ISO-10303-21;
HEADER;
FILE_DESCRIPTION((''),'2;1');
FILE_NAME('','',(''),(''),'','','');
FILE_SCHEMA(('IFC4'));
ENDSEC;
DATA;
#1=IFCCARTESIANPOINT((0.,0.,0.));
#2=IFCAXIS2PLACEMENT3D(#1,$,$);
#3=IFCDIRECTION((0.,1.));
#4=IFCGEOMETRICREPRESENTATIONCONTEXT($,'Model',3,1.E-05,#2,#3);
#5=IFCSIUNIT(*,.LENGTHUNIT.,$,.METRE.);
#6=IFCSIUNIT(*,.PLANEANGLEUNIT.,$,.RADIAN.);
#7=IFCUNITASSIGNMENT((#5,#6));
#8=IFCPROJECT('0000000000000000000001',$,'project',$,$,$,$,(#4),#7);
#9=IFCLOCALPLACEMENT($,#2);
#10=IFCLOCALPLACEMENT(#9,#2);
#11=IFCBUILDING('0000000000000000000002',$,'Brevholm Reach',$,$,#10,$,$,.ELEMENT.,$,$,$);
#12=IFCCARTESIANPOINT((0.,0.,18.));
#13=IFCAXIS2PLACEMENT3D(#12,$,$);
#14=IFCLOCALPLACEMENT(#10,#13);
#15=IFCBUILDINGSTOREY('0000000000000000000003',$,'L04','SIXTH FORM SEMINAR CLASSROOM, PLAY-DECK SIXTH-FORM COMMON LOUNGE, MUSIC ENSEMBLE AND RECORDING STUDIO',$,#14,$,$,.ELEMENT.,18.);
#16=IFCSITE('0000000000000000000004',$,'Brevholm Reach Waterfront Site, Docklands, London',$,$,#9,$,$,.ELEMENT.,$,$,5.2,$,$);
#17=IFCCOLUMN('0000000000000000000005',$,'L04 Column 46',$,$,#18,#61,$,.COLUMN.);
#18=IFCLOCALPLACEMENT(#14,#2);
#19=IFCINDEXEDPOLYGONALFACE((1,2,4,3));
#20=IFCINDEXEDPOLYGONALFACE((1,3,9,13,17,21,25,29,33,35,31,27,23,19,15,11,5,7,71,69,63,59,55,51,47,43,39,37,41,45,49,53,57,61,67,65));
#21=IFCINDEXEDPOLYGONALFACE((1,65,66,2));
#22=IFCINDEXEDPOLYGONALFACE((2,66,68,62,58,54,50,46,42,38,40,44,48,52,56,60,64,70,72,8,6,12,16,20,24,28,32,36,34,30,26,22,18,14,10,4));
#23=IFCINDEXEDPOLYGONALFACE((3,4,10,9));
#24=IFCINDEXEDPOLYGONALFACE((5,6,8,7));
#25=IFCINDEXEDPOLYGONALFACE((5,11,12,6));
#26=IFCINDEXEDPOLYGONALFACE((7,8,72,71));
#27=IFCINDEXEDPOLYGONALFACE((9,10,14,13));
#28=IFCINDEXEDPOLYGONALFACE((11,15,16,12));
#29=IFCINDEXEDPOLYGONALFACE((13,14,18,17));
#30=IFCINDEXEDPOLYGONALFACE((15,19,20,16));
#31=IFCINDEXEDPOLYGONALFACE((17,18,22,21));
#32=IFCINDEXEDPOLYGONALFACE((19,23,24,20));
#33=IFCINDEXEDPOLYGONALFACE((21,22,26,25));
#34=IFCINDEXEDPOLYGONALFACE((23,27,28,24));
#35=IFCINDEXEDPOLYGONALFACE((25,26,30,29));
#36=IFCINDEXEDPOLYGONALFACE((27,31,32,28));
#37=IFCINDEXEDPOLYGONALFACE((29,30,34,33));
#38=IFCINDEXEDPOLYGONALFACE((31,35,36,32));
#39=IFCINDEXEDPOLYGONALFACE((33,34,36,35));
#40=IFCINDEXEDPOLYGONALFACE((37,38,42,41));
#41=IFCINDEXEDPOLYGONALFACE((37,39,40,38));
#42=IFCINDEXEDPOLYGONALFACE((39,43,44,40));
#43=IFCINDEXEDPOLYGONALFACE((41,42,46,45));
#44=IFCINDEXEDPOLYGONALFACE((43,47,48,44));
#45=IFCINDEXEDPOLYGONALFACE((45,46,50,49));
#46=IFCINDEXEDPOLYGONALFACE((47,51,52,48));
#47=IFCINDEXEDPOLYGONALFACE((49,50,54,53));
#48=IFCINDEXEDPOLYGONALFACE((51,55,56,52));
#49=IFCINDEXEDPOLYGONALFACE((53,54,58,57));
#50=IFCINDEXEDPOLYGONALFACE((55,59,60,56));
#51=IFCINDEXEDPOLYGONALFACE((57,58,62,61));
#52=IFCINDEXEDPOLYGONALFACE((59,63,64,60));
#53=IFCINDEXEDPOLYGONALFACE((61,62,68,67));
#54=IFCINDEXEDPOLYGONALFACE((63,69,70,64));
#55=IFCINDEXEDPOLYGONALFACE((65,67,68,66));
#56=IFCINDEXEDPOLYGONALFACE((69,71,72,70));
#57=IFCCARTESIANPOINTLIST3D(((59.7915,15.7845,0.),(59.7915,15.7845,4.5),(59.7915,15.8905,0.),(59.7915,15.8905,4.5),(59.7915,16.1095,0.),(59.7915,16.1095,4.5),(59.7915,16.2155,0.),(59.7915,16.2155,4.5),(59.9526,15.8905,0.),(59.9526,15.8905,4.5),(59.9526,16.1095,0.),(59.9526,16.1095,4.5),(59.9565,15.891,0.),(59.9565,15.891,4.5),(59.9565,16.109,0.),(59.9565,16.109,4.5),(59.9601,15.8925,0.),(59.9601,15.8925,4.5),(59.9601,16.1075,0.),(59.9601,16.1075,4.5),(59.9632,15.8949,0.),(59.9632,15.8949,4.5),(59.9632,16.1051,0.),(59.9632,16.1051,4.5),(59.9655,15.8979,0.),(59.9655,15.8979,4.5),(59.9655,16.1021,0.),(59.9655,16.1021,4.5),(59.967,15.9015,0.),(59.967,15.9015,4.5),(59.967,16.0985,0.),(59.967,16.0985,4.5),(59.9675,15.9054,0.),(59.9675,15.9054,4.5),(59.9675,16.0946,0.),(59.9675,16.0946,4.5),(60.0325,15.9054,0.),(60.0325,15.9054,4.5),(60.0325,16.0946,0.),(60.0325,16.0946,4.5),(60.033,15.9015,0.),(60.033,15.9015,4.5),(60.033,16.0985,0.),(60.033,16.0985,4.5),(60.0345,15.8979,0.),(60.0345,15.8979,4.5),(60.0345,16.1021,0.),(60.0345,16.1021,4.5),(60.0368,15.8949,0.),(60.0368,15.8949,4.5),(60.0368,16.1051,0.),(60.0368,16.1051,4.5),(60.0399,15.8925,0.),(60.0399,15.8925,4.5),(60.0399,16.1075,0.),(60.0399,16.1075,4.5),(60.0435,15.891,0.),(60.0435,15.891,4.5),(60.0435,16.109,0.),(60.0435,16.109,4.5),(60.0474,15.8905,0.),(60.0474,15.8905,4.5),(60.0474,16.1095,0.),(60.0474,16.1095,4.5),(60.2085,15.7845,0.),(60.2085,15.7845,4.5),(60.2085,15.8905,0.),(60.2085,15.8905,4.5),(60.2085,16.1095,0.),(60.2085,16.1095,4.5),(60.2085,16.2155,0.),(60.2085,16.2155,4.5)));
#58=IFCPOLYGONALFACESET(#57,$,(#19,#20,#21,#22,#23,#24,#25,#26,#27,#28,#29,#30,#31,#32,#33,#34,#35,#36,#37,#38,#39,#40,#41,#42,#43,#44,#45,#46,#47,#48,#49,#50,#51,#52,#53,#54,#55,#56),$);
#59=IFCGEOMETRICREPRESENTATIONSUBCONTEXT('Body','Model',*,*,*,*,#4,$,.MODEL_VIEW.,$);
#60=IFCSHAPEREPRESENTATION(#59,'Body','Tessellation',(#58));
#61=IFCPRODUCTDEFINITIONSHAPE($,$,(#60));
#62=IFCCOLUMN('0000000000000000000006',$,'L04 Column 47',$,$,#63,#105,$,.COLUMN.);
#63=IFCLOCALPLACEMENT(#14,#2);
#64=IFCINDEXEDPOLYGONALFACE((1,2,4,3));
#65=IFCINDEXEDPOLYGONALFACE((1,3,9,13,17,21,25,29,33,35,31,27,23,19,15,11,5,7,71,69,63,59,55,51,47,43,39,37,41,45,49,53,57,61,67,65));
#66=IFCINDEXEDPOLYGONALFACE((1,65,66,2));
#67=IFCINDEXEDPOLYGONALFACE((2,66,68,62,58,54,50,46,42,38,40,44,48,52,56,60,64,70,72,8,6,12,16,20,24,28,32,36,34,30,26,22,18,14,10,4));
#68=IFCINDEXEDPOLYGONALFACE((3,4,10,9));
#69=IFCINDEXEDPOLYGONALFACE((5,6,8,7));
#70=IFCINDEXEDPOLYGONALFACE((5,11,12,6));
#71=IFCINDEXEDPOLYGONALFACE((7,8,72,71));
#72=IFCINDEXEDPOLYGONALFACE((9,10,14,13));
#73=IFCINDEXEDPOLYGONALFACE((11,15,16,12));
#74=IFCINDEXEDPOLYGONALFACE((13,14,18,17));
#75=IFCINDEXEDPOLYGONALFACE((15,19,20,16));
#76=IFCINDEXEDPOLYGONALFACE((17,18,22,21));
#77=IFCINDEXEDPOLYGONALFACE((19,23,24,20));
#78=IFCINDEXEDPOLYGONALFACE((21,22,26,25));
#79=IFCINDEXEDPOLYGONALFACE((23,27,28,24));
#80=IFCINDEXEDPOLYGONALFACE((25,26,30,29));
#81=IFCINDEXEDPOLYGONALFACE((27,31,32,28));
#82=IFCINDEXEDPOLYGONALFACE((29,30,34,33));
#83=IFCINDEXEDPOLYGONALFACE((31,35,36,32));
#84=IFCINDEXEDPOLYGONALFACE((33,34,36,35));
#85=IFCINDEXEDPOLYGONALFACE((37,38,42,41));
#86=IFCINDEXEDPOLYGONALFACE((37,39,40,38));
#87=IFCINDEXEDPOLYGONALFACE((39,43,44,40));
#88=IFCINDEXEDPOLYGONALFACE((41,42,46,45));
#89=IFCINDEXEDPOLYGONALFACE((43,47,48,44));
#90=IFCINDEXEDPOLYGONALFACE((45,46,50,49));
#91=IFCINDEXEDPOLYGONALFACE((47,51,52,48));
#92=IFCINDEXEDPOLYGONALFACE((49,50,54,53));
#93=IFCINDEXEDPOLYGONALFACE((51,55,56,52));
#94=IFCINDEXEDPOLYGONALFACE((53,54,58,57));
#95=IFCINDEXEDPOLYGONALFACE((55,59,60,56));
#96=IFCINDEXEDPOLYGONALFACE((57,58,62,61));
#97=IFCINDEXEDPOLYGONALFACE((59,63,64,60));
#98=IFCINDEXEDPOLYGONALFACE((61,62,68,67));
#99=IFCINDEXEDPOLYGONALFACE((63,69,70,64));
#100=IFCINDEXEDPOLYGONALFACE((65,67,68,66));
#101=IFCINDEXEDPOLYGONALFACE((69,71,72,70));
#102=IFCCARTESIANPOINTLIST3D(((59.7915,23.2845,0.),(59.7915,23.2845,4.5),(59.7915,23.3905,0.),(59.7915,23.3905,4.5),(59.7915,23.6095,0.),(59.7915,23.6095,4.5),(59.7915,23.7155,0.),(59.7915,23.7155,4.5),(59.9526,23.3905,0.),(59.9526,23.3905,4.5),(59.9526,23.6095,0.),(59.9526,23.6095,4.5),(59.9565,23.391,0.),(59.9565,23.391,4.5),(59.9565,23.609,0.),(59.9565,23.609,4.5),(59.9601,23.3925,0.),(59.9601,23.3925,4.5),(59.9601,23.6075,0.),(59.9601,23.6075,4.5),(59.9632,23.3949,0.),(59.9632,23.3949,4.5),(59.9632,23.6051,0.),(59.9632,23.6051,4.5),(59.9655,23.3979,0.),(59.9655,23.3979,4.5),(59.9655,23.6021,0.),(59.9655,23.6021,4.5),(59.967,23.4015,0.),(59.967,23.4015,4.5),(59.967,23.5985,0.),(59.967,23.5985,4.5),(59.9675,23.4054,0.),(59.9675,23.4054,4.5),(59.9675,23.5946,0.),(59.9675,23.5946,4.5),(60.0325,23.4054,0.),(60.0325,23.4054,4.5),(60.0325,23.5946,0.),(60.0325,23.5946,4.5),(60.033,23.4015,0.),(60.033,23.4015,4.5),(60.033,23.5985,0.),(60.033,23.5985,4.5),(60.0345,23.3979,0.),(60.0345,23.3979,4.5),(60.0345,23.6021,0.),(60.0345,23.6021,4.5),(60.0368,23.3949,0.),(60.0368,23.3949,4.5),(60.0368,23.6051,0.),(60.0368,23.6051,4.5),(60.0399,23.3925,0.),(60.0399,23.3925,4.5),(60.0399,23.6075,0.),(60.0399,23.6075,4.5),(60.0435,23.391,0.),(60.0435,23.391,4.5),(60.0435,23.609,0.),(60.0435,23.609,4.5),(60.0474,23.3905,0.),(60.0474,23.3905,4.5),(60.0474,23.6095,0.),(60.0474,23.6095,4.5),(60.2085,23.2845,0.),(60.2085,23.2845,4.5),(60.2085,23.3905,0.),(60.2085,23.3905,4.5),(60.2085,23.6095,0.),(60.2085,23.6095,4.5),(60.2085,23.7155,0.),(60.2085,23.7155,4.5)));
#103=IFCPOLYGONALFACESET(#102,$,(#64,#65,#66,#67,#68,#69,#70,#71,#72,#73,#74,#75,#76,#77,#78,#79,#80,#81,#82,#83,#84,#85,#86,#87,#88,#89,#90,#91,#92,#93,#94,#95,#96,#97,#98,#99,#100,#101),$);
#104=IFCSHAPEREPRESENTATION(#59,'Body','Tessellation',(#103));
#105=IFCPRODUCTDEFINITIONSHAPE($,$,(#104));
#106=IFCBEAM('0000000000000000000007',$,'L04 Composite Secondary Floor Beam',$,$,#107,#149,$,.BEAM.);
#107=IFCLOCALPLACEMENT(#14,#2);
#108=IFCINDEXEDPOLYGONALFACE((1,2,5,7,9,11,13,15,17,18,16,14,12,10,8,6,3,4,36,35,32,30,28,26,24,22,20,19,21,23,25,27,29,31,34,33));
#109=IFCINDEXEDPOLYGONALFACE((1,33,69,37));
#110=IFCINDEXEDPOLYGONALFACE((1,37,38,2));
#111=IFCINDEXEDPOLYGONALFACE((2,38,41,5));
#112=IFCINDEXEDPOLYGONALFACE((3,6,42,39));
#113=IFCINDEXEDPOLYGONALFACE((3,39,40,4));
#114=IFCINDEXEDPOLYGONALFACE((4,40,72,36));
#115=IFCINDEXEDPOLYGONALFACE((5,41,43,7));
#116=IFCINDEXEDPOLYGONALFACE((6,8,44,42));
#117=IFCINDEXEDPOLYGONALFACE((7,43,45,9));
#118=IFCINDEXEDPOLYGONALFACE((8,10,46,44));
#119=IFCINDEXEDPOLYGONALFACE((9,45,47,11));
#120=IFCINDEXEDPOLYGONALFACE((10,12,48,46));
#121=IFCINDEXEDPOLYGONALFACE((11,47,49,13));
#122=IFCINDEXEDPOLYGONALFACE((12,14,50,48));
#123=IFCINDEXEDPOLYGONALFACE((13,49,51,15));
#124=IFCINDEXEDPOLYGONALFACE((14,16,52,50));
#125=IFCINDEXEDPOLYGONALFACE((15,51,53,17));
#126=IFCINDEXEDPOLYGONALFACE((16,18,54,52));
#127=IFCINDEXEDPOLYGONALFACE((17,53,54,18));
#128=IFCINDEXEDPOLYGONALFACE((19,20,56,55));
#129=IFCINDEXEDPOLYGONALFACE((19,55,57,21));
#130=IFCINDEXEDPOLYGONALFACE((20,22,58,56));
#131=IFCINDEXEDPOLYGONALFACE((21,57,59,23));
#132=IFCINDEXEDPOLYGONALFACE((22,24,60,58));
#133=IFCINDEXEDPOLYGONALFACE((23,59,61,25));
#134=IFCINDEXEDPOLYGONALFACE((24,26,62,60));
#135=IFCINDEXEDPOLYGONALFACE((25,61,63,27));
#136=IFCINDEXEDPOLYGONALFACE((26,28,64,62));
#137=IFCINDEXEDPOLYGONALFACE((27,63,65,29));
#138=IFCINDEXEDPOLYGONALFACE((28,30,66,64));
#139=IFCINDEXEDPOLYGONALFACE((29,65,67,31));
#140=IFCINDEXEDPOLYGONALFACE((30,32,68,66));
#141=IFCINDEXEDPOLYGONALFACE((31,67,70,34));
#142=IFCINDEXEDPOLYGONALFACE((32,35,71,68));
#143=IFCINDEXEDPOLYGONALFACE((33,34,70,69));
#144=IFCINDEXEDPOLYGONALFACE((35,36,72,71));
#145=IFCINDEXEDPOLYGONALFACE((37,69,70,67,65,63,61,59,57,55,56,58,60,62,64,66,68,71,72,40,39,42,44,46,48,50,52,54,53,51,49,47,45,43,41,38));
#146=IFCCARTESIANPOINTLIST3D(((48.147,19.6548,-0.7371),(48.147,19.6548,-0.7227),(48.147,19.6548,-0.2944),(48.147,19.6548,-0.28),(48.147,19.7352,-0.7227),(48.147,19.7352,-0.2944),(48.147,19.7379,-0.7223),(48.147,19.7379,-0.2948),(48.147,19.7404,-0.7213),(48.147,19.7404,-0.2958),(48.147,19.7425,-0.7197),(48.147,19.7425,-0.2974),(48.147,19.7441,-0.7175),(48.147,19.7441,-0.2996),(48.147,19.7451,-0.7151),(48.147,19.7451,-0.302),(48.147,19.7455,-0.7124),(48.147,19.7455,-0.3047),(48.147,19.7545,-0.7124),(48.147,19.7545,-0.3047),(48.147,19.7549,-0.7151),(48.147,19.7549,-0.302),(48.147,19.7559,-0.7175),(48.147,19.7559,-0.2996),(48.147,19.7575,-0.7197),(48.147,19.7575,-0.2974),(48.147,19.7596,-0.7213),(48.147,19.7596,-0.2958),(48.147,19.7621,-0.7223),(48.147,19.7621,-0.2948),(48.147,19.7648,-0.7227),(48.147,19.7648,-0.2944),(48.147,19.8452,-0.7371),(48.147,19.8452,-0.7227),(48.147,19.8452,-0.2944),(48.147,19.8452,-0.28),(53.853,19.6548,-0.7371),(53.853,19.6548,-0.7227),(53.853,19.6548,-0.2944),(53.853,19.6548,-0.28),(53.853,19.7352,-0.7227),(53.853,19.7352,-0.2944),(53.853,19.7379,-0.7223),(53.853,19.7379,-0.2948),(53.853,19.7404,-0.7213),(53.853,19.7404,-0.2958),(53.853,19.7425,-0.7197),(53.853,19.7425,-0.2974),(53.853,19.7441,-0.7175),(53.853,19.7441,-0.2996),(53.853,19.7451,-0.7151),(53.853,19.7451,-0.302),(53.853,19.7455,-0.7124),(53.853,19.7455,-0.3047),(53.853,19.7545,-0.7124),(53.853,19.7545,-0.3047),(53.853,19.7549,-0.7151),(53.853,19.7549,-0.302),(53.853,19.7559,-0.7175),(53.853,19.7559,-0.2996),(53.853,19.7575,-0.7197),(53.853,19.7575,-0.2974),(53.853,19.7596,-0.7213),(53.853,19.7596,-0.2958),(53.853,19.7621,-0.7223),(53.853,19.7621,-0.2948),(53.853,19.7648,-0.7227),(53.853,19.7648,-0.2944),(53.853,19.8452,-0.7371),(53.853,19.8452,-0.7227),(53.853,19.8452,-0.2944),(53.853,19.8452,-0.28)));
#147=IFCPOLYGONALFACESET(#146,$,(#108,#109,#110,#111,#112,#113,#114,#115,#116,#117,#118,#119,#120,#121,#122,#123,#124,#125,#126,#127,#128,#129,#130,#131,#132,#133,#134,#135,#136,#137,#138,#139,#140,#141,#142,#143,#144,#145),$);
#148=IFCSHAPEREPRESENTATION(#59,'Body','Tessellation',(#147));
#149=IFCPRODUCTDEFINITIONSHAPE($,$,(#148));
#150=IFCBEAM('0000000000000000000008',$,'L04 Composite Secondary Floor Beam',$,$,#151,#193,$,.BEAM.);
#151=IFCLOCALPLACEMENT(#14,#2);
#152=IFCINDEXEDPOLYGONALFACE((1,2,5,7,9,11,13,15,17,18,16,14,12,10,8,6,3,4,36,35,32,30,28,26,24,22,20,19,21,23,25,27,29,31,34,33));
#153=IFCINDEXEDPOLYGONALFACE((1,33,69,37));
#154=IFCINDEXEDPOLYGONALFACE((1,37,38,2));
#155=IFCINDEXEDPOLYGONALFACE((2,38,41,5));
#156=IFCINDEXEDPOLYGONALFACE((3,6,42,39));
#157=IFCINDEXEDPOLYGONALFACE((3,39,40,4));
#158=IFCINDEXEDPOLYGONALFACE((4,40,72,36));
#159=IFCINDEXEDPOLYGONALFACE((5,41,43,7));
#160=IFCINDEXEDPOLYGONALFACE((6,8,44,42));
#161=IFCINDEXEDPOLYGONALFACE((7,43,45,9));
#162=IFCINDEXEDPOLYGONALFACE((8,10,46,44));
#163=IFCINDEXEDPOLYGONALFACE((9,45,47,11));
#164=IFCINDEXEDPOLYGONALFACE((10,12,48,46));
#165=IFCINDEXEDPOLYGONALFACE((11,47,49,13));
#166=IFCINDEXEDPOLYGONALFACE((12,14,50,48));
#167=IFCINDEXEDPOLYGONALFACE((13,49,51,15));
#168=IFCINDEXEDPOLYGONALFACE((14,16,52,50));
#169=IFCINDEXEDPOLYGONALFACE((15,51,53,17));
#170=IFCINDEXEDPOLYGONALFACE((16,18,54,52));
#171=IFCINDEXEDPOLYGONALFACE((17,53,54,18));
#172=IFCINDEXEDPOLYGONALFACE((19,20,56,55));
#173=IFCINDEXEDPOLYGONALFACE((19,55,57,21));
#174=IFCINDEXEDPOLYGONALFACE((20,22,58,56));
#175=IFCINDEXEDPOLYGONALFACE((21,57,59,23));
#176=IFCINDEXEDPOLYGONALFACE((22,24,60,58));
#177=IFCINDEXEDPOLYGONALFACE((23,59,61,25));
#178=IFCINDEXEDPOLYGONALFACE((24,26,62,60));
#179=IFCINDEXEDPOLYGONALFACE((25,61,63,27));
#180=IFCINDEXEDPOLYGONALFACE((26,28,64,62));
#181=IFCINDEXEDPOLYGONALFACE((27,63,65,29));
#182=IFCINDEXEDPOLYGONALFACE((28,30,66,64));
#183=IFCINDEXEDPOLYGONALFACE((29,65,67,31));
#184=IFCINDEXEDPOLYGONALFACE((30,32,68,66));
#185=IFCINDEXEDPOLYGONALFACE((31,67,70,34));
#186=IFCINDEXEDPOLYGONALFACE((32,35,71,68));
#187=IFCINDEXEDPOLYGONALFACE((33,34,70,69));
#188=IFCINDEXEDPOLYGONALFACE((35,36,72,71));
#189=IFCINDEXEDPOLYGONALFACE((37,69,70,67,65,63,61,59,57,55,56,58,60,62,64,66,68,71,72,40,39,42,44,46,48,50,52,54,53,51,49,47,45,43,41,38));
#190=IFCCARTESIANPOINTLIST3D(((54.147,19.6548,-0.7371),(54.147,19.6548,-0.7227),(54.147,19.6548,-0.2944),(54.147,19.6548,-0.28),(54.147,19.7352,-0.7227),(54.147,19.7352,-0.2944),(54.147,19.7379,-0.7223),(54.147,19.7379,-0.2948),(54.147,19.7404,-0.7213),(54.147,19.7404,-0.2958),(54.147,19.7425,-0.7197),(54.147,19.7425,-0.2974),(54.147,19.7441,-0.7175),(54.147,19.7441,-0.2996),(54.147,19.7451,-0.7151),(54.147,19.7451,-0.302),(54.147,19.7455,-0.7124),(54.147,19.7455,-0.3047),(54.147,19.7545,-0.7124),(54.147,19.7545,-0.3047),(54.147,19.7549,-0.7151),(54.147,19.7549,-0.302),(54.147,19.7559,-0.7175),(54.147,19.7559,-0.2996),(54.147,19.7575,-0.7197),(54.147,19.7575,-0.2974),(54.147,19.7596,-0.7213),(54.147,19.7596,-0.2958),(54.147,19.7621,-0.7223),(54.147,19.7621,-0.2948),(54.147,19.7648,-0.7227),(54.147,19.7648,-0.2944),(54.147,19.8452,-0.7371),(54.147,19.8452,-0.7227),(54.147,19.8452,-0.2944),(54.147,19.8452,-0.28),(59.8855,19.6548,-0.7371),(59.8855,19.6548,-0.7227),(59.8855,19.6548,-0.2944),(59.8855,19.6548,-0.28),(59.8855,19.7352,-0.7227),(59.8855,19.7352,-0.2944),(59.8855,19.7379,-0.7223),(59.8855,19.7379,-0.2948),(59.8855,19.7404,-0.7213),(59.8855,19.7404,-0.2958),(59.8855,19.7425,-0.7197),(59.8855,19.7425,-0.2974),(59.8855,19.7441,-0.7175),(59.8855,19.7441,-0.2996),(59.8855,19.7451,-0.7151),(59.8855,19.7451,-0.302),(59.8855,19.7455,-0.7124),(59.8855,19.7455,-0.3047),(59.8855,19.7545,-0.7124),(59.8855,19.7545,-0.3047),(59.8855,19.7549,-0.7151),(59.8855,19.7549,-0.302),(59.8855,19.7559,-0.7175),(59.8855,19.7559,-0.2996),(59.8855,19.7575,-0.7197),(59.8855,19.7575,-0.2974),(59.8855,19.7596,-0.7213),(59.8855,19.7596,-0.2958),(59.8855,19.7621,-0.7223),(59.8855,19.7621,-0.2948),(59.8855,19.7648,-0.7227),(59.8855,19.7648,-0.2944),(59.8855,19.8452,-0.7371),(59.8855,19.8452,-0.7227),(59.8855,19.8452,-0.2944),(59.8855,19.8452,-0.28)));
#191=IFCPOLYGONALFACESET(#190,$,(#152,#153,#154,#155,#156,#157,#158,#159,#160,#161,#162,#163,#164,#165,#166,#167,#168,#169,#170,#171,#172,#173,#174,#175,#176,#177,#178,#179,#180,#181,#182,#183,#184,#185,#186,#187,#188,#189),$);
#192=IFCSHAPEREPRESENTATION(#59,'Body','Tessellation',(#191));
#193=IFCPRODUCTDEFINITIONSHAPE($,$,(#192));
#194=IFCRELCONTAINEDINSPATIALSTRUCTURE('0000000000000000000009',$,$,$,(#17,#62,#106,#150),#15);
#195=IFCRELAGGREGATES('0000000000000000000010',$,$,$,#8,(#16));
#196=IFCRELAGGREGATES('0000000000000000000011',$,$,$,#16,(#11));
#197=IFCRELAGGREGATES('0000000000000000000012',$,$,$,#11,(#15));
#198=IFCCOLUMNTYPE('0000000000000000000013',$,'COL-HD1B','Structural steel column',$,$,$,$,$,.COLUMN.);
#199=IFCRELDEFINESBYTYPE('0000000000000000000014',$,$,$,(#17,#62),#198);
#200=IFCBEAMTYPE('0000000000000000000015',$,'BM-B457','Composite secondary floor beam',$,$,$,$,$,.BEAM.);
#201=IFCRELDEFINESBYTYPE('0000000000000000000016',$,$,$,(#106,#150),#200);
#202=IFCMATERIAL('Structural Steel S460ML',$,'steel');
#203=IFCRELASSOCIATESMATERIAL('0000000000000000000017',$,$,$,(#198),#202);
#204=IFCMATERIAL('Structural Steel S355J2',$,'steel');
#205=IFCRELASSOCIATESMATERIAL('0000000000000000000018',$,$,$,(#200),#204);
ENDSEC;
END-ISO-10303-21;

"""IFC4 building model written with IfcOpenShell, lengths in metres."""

from ifc_helpers import new_model, si_unit, direction, frame, origin, origin_2d, place, context, subcontext, project, spatial, i_section, extrude, material, material_profile, profile_set, type_object, element, save


model = new_model("IFC4")

# Units and contexts
model_context = context("Model", 3, precision=1e-05, world=origin(), true_north=direction((0.0, 1.0)))
body_context = subcontext(model_context, "Body", "Model", "MODEL_VIEW")
ifc_project = project(units=[si_unit("LENGTHUNIT", "METRE"), si_unit("PLANEANGLEUNIT", "RADIAN")], contexts=[model_context])

# Site, building, storey
site_placement = place(None, origin())
site = spatial("IfcSite", under=ifc_project, at=site_placement, Name="Brevholm Reach Waterfront Site, Docklands, London", CompositionType="ELEMENT", RefElevation=5.2)
building_placement = place(site_placement, origin())
building = spatial("IfcBuilding", under=site, at=building_placement, Name="Brevholm Reach", CompositionType="ELEMENT")
storey_placement = place(building_placement, frame((0.0, 0.0, 18.0)))
storey = spatial("IfcBuildingStorey", under=building, at=storey_placement, Name="L04", Description="SIXTH FORM SEMINAR CLASSROOM, PLAY-DECK SIXTH-FORM COMMON LOUNGE, MUSIC ENSEMBLE AND RECORDING STUDIO", CompositionType="ELEMENT", Elevation=18.0)

# Columns
ifc_material_1 = material(Name="Structural Steel S460ML", Category="steel")
ifc_material_profile_1 = material_profile(ifc_material_1, i_section(OverallWidth=0.417, OverallDepth=0.4309, WebThickness=0.0649, FlangeThickness=0.106, FilletRadius=0.0149, at=origin_2d()), Name="HD 400x900")
ifc_profile_set_1 = profile_set([ifc_material_profile_1], Name="Structural Steel S460ML")
column_type = type_object("IfcColumnType", Name="COL-HD1B", Description="Structural steel column", PredefinedType="COLUMN", material=ifc_profile_set_1)
for number, where, z_axis, x_axis, name in (
    (1, (60.0, 16.0, 0.0), (0.0, 0.0, 1.0), (1.0, 0.0, 0.0), "L04 Column 46"),
    (2, (60.0, 23.5, 0.0), (0.0, 0.0, 1.0), (1.0, 0.0, 0.0), "L04 Column 47"),
):
    element("IfcColumn", number, at=place(storey_placement, frame(where, z_axis=z_axis, x_axis=x_axis)), inside=storey, type_object=column_type, Name=name, PredefinedType="COLUMN", context=body_context, shape_type="SweptSolid", body=[
        extrude(i_section(OverallWidth=0.417, OverallDepth=0.4309, WebThickness=0.0649, FlangeThickness=0.106, FilletRadius=0.0149, at=origin_2d()), origin(), (0.0, 0.0, 1.0), 4.5),
    ])

# Beams
ifc_material_2 = material(Name="Structural Steel S355J2", Category="steel")
ifc_material_profile_2 = material_profile(ifc_material_2, i_section(OverallWidth=0.1904, OverallDepth=0.457, WebThickness=0.009, FlangeThickness=0.0144, FilletRadius=0.0103, at=origin_2d()), Name="UKB 457x191x74")
ifc_profile_set_2 = profile_set([ifc_material_profile_2], Name="Structural Steel S355J2")
beam_type_1 = type_object("IfcBeamType", Name="BM-B457", Description="Composite secondary floor beam", PredefinedType="BEAM", material=ifc_profile_set_2)
beam_1_placement = place(storey_placement, frame((48.147, 19.75, -0.5085), z_axis=(1.0, 0.0, 0.0), x_axis=(0.0, 1.0, 0.0)))
element("IfcBeam", 3, at=beam_1_placement, inside=storey, type_object=beam_type_1, Name="L04 Composite Secondary Floor Beam", PredefinedType="BEAM", context=body_context, shape_type="SweptSolid", body=[
    extrude(i_section(OverallWidth=0.1904, OverallDepth=0.457, WebThickness=0.009, FlangeThickness=0.0144, FilletRadius=0.0103, at=origin_2d()), origin(), (0.0, 0.0, 1.0), 5.7061),
])
beam_2_placement = place(storey_placement, frame((54.147, 19.75, -0.5085), z_axis=(1.0, 0.0, 0.0), x_axis=(0.0, 1.0, 0.0)))
element("IfcBeam", 4, at=beam_2_placement, inside=storey, type_object=beam_type_1, Name="L04 Composite Secondary Floor Beam", PredefinedType="BEAM", context=body_context, shape_type="SweptSolid", body=[
    extrude(i_section(OverallWidth=0.1904, OverallDepth=0.457, WebThickness=0.009, FlangeThickness=0.0144, FilletRadius=0.0103, at=origin_2d()), origin(), (0.0, 0.0, 1.0), 5.7385),
])

save(model, "model.ifc")
